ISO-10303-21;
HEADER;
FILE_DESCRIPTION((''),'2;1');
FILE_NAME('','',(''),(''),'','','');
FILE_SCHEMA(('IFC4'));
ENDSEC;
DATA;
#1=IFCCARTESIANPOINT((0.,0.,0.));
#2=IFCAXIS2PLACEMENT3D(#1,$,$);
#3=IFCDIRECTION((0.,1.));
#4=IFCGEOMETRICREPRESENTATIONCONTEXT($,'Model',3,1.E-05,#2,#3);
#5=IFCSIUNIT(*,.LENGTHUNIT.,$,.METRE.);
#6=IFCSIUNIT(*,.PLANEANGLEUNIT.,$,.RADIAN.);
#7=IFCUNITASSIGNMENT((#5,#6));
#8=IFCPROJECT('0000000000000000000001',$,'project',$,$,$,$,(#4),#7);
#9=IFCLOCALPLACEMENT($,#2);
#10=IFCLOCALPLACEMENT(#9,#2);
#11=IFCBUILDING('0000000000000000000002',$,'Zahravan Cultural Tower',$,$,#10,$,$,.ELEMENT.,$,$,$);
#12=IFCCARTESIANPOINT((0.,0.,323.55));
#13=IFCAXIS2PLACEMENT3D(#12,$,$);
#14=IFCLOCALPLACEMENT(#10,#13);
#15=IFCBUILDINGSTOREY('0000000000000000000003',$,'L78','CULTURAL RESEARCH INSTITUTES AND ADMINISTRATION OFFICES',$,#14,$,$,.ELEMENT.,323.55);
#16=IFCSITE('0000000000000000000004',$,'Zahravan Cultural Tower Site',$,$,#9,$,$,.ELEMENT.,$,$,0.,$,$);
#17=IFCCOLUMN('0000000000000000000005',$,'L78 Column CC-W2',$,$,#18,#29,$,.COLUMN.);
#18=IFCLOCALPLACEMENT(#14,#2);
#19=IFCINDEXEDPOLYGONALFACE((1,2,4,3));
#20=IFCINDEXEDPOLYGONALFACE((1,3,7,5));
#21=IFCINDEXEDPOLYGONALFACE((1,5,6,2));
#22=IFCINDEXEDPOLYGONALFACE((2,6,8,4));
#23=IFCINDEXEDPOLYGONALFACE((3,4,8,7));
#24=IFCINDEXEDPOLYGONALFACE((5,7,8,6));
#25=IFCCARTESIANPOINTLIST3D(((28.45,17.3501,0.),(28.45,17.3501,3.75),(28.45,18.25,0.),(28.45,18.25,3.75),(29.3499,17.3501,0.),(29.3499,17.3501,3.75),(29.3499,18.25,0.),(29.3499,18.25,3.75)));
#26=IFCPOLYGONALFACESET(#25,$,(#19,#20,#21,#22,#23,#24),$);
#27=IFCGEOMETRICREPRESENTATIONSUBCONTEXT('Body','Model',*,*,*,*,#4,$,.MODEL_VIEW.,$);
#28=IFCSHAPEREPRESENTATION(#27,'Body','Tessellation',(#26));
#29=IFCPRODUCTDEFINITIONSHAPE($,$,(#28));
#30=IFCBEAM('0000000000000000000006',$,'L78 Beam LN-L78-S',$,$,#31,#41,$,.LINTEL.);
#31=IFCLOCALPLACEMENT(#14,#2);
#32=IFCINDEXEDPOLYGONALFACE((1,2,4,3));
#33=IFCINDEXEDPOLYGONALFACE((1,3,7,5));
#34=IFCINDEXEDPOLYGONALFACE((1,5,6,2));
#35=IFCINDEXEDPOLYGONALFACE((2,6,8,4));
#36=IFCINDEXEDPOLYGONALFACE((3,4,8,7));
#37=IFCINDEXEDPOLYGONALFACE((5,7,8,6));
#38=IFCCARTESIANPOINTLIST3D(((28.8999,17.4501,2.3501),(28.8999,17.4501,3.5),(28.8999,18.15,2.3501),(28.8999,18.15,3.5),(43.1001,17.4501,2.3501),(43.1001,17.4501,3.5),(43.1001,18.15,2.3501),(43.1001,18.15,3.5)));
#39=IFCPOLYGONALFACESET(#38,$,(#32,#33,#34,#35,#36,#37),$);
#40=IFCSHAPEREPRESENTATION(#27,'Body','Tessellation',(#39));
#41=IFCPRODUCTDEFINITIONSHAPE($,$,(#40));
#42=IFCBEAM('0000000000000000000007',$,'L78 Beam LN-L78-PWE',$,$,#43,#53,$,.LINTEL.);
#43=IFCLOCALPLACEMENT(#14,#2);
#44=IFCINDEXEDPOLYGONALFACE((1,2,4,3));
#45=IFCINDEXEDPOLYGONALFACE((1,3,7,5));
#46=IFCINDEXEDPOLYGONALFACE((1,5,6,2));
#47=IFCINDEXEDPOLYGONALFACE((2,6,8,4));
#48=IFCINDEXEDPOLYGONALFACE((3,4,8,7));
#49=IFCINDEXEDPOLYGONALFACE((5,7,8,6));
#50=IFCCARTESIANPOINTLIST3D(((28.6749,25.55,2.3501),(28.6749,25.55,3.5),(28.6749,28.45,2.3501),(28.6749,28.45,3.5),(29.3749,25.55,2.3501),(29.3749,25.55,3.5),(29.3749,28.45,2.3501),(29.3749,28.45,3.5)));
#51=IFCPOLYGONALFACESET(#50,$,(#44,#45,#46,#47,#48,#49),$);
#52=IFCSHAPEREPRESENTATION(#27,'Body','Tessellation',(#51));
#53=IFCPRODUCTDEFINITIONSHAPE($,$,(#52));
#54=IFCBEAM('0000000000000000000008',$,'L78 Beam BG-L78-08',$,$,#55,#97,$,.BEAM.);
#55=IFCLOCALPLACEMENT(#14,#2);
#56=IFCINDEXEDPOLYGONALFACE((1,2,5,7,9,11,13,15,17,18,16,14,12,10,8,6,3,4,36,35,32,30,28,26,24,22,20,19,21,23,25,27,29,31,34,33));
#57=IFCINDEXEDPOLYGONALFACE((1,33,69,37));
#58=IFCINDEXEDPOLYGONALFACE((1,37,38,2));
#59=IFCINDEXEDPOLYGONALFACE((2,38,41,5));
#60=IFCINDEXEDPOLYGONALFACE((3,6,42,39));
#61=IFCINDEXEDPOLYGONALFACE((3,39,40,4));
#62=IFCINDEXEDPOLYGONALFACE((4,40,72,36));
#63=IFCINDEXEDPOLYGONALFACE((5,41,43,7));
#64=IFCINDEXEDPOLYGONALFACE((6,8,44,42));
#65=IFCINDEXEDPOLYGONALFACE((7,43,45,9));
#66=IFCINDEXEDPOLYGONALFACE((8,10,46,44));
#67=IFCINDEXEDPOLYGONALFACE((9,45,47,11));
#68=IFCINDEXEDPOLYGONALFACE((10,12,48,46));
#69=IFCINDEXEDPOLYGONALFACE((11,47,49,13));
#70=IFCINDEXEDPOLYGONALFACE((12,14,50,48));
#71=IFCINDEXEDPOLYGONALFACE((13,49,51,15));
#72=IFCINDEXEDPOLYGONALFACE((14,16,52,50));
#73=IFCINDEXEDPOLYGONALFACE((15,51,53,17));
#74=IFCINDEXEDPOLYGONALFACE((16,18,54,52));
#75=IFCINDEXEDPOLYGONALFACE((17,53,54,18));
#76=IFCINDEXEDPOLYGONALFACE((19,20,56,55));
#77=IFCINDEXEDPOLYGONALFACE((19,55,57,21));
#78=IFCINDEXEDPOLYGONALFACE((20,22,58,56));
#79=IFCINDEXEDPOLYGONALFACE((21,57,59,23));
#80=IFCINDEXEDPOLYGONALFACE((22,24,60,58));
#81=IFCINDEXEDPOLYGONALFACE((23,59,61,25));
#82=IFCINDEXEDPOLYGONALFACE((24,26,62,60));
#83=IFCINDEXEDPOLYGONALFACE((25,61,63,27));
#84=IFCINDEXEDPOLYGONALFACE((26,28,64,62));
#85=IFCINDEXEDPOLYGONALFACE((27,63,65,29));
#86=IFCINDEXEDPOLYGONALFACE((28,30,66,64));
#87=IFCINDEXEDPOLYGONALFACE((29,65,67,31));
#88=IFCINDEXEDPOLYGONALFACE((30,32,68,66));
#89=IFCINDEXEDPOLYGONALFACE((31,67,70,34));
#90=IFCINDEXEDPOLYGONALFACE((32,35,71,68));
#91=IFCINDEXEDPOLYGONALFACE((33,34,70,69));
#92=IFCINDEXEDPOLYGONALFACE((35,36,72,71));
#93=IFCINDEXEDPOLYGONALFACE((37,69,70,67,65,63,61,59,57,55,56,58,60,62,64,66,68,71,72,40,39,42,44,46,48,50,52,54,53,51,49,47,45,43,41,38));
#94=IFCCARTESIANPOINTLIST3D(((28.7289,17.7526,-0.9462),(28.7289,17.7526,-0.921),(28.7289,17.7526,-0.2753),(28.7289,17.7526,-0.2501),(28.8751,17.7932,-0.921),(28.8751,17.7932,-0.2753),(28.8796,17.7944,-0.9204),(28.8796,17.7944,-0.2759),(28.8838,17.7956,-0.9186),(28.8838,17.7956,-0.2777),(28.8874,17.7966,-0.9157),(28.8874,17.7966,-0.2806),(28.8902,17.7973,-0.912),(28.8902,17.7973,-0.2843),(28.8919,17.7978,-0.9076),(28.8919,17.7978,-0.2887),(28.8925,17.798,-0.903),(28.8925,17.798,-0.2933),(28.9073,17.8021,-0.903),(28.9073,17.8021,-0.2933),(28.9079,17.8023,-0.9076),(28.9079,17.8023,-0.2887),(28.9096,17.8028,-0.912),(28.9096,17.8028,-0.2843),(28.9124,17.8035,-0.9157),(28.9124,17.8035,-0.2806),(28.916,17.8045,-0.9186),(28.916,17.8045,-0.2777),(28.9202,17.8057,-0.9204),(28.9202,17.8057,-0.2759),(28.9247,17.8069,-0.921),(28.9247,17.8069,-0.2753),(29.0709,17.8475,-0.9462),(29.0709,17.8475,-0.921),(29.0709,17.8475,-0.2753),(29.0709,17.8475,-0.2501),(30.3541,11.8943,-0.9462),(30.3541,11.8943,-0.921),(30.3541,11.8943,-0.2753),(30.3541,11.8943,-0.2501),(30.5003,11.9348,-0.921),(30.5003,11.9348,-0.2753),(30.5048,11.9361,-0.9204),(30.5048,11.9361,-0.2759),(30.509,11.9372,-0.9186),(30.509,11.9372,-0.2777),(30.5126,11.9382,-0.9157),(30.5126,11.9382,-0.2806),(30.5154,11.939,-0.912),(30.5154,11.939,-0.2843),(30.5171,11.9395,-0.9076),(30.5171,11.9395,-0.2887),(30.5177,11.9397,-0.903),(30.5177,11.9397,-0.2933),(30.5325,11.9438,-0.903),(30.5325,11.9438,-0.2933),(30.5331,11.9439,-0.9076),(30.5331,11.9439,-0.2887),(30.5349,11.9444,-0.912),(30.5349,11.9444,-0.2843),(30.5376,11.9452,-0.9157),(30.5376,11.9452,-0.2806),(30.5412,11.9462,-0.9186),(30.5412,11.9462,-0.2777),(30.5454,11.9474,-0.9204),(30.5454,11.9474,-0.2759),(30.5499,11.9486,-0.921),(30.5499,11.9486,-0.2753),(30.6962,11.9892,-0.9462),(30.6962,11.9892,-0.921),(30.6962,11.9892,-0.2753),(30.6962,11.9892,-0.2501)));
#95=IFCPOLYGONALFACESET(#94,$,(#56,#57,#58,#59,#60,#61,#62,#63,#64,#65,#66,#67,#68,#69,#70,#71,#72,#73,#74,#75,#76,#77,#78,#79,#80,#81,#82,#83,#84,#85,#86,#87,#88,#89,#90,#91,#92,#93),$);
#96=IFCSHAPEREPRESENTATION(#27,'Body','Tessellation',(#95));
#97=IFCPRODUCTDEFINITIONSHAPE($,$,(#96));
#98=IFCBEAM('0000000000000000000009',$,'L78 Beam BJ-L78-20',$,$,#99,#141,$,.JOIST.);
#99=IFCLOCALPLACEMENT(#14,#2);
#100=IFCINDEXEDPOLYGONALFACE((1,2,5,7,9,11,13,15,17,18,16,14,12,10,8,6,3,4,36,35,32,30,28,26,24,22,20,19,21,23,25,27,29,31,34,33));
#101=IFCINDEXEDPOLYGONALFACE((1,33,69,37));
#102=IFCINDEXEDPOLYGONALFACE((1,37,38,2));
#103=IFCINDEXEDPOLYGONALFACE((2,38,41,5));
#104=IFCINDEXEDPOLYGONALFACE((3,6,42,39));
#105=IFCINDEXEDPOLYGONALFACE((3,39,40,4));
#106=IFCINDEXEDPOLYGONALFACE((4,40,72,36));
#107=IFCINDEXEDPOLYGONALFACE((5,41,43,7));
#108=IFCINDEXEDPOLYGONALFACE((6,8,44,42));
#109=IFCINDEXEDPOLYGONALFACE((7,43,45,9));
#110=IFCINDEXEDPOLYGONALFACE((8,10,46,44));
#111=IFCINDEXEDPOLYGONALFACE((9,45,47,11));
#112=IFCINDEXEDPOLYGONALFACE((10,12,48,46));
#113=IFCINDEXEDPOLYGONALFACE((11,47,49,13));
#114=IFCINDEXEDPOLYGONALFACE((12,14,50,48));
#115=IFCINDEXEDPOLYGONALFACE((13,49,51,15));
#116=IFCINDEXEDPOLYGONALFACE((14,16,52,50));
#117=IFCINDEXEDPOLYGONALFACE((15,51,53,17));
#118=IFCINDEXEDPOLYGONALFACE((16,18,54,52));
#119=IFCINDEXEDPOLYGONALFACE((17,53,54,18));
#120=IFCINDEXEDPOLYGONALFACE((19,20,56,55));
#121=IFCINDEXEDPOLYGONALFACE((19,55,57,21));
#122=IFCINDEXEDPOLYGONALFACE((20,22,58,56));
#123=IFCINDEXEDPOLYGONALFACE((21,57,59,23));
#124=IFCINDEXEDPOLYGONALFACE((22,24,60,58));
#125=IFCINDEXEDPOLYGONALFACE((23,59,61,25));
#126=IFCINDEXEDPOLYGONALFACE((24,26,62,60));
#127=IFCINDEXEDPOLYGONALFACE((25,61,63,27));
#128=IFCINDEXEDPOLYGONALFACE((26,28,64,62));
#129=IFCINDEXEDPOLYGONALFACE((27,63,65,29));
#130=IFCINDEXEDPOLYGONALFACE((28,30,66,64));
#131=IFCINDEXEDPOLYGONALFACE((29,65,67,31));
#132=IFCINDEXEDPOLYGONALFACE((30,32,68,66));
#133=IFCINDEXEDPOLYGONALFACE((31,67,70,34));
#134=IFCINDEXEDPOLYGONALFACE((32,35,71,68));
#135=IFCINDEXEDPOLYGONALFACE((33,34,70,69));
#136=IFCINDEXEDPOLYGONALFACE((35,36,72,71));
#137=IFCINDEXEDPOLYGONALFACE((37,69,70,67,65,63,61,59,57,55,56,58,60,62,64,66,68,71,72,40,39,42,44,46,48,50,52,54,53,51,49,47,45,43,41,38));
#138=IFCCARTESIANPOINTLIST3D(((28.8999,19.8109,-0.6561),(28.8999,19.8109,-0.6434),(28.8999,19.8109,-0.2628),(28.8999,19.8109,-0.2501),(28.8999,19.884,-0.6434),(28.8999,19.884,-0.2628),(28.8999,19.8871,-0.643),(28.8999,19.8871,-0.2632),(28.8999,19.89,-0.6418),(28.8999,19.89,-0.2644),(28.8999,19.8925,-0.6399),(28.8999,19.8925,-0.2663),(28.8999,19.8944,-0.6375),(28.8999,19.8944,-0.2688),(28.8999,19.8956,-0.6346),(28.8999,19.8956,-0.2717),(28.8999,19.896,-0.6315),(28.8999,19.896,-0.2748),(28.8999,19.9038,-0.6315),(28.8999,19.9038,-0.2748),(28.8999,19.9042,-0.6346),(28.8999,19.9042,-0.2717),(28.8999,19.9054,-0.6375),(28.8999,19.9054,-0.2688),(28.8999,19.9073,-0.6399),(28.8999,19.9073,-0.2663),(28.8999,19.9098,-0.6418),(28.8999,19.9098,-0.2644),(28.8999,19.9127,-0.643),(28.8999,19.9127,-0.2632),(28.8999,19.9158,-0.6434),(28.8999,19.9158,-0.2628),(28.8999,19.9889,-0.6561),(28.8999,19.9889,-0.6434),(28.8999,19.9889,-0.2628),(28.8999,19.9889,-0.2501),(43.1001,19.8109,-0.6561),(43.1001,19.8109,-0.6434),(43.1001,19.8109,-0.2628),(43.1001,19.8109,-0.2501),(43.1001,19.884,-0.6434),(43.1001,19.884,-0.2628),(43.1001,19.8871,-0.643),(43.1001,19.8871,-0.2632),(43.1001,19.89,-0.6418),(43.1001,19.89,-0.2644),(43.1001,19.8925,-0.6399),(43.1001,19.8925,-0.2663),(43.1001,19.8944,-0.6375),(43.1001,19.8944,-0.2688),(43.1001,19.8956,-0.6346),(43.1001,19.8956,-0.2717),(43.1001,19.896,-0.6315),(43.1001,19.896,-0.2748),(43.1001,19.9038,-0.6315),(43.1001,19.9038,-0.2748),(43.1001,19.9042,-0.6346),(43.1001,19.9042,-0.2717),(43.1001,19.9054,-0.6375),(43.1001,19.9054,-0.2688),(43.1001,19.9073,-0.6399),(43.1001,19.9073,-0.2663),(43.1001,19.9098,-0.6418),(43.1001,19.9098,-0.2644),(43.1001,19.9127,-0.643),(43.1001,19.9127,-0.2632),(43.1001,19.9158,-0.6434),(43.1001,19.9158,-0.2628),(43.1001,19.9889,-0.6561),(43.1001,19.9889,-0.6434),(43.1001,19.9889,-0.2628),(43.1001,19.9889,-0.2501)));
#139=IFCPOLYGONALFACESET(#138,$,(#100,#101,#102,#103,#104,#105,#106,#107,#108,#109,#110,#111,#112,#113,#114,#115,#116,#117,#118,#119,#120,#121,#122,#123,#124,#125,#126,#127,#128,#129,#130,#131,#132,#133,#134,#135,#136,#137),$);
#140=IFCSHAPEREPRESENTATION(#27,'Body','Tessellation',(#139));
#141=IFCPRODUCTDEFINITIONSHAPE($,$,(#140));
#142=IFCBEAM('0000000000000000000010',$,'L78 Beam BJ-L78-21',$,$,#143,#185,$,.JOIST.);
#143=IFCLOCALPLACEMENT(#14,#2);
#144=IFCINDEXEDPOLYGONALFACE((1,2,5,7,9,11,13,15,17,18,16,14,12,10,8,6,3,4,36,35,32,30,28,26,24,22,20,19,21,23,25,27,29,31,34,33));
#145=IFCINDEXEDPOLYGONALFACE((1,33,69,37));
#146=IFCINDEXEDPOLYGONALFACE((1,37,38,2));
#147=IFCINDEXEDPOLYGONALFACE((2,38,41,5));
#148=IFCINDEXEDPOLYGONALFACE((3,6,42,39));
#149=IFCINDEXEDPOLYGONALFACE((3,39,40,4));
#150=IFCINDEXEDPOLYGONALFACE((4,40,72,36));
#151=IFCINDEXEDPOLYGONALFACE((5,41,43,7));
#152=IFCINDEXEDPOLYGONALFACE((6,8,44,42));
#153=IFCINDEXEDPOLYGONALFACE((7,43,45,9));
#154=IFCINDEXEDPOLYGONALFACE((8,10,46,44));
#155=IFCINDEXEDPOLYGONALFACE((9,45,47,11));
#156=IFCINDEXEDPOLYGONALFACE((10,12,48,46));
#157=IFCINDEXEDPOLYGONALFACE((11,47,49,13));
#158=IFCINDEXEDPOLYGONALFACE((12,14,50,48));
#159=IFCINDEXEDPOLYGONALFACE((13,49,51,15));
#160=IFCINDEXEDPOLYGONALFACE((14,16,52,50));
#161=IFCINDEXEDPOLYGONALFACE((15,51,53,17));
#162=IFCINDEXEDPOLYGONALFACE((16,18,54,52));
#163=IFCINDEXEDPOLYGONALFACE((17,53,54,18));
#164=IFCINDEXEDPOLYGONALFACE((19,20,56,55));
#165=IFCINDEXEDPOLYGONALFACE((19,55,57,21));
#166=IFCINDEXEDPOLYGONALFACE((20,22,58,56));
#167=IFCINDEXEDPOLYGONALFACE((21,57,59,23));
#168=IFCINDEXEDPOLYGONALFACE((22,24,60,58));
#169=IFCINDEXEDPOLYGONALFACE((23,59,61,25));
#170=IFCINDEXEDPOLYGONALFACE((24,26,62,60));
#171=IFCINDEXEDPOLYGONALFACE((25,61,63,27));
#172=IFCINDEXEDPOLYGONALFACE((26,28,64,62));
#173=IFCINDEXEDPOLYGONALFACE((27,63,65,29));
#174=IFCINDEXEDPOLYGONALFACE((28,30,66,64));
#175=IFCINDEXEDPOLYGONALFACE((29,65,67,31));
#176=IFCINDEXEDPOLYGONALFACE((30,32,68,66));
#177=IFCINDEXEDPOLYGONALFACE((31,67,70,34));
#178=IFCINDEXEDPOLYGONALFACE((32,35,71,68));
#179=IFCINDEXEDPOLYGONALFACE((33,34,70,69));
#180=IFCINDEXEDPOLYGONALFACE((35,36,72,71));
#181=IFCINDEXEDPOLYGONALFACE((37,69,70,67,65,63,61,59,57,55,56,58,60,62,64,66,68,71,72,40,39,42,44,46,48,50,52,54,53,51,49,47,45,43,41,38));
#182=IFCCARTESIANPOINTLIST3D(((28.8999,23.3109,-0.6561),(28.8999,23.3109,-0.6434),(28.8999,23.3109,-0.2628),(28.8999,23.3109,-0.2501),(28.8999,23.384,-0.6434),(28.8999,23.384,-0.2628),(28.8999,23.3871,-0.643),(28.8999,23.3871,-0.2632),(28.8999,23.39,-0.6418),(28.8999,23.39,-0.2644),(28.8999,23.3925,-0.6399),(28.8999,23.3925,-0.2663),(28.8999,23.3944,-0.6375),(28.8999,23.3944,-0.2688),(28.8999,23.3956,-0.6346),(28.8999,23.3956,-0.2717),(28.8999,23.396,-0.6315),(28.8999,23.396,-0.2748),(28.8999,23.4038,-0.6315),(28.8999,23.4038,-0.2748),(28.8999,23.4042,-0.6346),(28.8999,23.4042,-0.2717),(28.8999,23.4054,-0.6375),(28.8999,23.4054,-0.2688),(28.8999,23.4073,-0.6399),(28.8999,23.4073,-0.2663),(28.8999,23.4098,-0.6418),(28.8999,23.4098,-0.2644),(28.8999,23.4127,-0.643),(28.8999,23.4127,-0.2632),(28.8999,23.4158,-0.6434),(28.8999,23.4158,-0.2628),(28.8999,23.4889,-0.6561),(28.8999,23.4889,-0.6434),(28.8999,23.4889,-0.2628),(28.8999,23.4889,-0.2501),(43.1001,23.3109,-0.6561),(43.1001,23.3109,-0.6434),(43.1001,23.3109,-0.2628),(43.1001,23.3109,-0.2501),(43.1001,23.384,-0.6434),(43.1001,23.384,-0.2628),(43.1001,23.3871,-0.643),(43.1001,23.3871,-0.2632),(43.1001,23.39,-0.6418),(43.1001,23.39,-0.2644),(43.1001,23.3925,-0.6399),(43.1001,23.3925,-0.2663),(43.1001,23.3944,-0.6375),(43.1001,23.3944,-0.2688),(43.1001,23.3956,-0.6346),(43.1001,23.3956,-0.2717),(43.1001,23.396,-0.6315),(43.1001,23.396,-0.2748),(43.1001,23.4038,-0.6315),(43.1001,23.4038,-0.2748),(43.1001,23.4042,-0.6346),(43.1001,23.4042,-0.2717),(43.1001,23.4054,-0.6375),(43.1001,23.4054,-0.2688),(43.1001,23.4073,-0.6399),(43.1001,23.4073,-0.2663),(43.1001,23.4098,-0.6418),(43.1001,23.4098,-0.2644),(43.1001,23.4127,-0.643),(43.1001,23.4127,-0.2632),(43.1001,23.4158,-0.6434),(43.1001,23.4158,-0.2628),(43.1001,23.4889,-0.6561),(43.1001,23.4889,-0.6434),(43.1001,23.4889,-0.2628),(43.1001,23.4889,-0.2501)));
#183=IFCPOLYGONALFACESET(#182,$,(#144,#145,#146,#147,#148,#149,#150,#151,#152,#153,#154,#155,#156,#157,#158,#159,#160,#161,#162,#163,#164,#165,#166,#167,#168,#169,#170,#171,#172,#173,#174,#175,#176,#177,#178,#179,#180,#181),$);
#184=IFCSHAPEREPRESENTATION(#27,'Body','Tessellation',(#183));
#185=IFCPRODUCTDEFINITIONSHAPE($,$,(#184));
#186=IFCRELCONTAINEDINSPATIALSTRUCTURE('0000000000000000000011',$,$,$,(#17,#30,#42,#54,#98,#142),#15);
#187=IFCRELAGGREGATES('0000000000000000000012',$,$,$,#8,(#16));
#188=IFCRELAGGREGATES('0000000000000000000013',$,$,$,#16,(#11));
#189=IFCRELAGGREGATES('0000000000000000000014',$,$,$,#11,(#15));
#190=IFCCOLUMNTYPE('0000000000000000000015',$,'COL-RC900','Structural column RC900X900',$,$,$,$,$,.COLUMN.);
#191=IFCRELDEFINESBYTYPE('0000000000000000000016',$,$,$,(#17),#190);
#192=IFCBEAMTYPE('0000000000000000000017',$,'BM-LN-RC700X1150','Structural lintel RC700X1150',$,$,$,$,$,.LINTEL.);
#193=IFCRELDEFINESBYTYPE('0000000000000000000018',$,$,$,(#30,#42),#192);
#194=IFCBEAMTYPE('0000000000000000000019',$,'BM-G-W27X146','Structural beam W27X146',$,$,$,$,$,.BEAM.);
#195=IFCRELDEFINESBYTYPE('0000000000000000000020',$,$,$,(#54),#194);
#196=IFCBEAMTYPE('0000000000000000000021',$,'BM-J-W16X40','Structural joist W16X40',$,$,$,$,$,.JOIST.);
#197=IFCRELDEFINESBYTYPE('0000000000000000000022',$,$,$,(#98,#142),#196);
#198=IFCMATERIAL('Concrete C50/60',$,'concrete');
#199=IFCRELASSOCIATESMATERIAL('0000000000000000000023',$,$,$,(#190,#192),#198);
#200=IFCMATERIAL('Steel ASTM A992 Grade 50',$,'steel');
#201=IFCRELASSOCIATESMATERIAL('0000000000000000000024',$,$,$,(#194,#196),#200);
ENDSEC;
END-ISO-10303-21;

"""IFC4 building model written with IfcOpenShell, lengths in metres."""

from ifc_helpers import new_model, si_unit, direction, frame, origin, origin_2d, place, context, subcontext, project, spatial, rectangle, i_section, extrude, source, transform, mapped, material, material_profile, profile_set, type_object, element, save


model = new_model("IFC4")

# Units and contexts
model_context = context("Model", 3, precision=1e-05, world=origin(), true_north=direction((0.0, 1.0)))
body_context = subcontext(model_context, "Body", "Model", "MODEL_VIEW")
ifc_project = project(units=[si_unit("LENGTHUNIT", "METRE"), si_unit("PLANEANGLEUNIT", "RADIAN")], contexts=[model_context])

# Site, building, storey
site_placement = place(None, origin())
site = spatial("IfcSite", under=ifc_project, at=site_placement, Name="Zahravan Cultural Tower Site", CompositionType="ELEMENT", RefElevation=0.0)
building_placement = place(site_placement, origin())
building = spatial("IfcBuilding", under=site, at=building_placement, Name="Zahravan Cultural Tower", CompositionType="ELEMENT")
storey_placement = place(building_placement, frame((0.0, 0.0, 323.55)))
storey = spatial("IfcBuildingStorey", under=building, at=storey_placement, Name="L78", Description="CULTURAL RESEARCH INSTITUTES AND ADMINISTRATION OFFICES", CompositionType="ELEMENT", Elevation=323.55)

# Column
ifc_material_1 = material(Name="Concrete C50/60", Category="concrete")
ifc_material_profile_1 = material_profile(ifc_material_1, rectangle(XDim=0.8999, YDim=0.8999, at=origin_2d()), Name="RC900X900")
ifc_profile_set_1 = profile_set([ifc_material_profile_1], Name="Concrete C50/60")
column_type = type_object("IfcColumnType", Name="COL-RC900", Description="Structural column RC900X900", PredefinedType="COLUMN", material=ifc_profile_set_1)
shared_shape_1 = source(origin(), body_context, "Body", "SweptSolid", [
    extrude(rectangle(XDim=0.8999, YDim=0.8999, at=origin_2d()), origin(), (0.0, 0.0, 1.0), 3.75),
])
column_placement = place(storey_placement, frame((28.8999, 17.8, 0.0), z_axis=(0.0, 0.0, 1.0), x_axis=(1.0, 0.0, 0.0)))
element("IfcColumn", 1, at=column_placement, inside=storey, type_object=column_type, Name="L78 Column CC-W2", PredefinedType="COLUMN", context=body_context, shape_type="MappedRepresentation", body=[
    mapped(shared_shape_1, transform((0.0, 0.0, 0.0), x_axis=(1.0, 0.0, 0.0), y_axis=(0.0, 1.0, 0.0), z_axis=(0.0, 0.0, 1.0), scale=1.0)),
])

# Beams
ifc_material_profile_2 = material_profile(ifc_material_1, rectangle(XDim=0.7, YDim=1.1499, at=origin_2d()), Name="RC700X1150")
ifc_profile_set_2 = profile_set([ifc_material_profile_2], Name="Concrete C50/60")
beam_type_1 = type_object("IfcBeamType", Name="BM-LN-RC700X1150", Description="Structural lintel RC700X1150", PredefinedType="LINTEL", material=ifc_profile_set_2)
shared_shape_2 = source(origin(), body_context, "Body", "SweptSolid", [
    extrude(rectangle(XDim=0.7, YDim=1.1499, at=origin_2d()), origin(), (0.0, 0.0, 1.0), 14.2002),
])
beam_1_placement = place(storey_placement, frame((28.8999, 17.8, 2.925), z_axis=(1.0, 0.0, 0.0), x_axis=(0.0, 1.0, 0.0)))
element("IfcBeam", 2, at=beam_1_placement, inside=storey, type_object=beam_type_1, Name="L78 Beam LN-L78-S", PredefinedType="LINTEL", context=body_context, shape_type="MappedRepresentation", body=[
    mapped(shared_shape_2, transform((0.0, 0.0, 0.0), x_axis=(1.0, 0.0, 0.0), y_axis=(0.0, 1.0, 0.0), z_axis=(0.0, 0.0, 1.0), scale=1.0)),
])
shared_shape_3 = source(origin(), body_context, "Body", "SweptSolid", [
    extrude(rectangle(XDim=0.7, YDim=1.1499, at=origin_2d()), origin(), (0.0, 0.0, 1.0), 2.8999),
])
beam_2_placement = place(storey_placement, frame((29.0249, 25.55, 2.925), z_axis=(0.0, 1.0, 0.0), x_axis=(-1.0, 0.0, 0.0)))
element("IfcBeam", 3, at=beam_2_placement, inside=storey, type_object=beam_type_1, Name="L78 Beam LN-L78-PWE", PredefinedType="LINTEL", context=body_context, shape_type="MappedRepresentation", body=[
    mapped(shared_shape_3, transform((0.0, 0.0, 0.0), x_axis=(1.0, 0.0, 0.0), y_axis=(0.0, 1.0, 0.0), z_axis=(0.0, 0.0, 1.0), scale=1.0)),
])
ifc_material_2 = material(Name="Steel ASTM A992 Grade 50", Category="steel")
ifc_material_profile_3 = material_profile(ifc_material_2, i_section(OverallWidth=0.355, OverallDepth=0.696, WebThickness=0.0154, FlangeThickness=0.0251, FilletRadius=0.0181, at=origin_2d()), Name="W27X146")
ifc_profile_set_3 = profile_set([ifc_material_profile_3], Name="Steel ASTM A992 Grade 50")
beam_type_2 = type_object("IfcBeamType", Name="BM-G-W27X146", Description="Structural beam W27X146", PredefinedType="BEAM", material=ifc_profile_set_3)
shared_shape_4 = source(origin(), body_context, "Body", "SweptSolid", [
    extrude(i_section(OverallWidth=0.355, OverallDepth=0.696, WebThickness=0.0154, FlangeThickness=0.0251, FilletRadius=0.0181, at=origin_2d()), origin(), (0.0, 0.0, 1.0), 6.0796),
])
beam_3_placement = place(storey_placement, frame((28.8999, 17.8, -0.5981), z_axis=(0.267325, -0.963606, 0.0), x_axis=(0.963606, 0.267325, 0.0)))
element("IfcBeam", 4, at=beam_3_placement, inside=storey, type_object=beam_type_2, Name="L78 Beam BG-L78-08", PredefinedType="BEAM", context=body_context, shape_type="MappedRepresentation", body=[
    mapped(shared_shape_4, transform((0.0, 0.0, 0.0), x_axis=(1.0, 0.0, 0.0), y_axis=(0.0, 1.0, 0.0), z_axis=(0.0, 0.0, 1.0), scale=1.0)),
])
ifc_material_profile_4 = material_profile(ifc_material_2, i_section(OverallWidth=0.178, OverallDepth=0.406, WebThickness=0.0078, FlangeThickness=0.0127, FilletRadius=0.012, at=origin_2d()), Name="W16X40")
ifc_profile_set_4 = profile_set([ifc_material_profile_4], Name="Steel ASTM A992 Grade 50")
beam_type_3 = type_object("IfcBeamType", Name="BM-J-W16X40", Description="Structural joist W16X40", PredefinedType="JOIST", material=ifc_profile_set_4)
shared_shape_5 = source(origin(), body_context, "Body", "SweptSolid", [
    extrude(i_section(OverallWidth=0.178, OverallDepth=0.406, WebThickness=0.0078, FlangeThickness=0.0127, FilletRadius=0.012, at=origin_2d()), origin(), (0.0, 0.0, 1.0), 14.2002),
])
for number, where, z_axis, x_axis, name in (
    (5, (28.8999, 19.8999, -0.4531), (1.0, 0.0, 0.0), (0.0, 1.0, 0.0), "L78 Beam BJ-L78-20"),
    (6, (28.8999, 23.3999, -0.4531), (1.0, 0.0, 0.0), (0.0, 1.0, 0.0), "L78 Beam BJ-L78-21"),
):
    element("IfcBeam", number, at=place(storey_placement, frame(where, z_axis=z_axis, x_axis=x_axis)), inside=storey, type_object=beam_type_3, Name=name, PredefinedType="JOIST", context=body_context, shape_type="MappedRepresentation", body=[
        mapped(shared_shape_5, transform((0.0, 0.0, 0.0), x_axis=(1.0, 0.0, 0.0), y_axis=(0.0, 1.0, 0.0), z_axis=(0.0, 0.0, 1.0), scale=1.0)),
    ])

save(model, "model.ifc")
